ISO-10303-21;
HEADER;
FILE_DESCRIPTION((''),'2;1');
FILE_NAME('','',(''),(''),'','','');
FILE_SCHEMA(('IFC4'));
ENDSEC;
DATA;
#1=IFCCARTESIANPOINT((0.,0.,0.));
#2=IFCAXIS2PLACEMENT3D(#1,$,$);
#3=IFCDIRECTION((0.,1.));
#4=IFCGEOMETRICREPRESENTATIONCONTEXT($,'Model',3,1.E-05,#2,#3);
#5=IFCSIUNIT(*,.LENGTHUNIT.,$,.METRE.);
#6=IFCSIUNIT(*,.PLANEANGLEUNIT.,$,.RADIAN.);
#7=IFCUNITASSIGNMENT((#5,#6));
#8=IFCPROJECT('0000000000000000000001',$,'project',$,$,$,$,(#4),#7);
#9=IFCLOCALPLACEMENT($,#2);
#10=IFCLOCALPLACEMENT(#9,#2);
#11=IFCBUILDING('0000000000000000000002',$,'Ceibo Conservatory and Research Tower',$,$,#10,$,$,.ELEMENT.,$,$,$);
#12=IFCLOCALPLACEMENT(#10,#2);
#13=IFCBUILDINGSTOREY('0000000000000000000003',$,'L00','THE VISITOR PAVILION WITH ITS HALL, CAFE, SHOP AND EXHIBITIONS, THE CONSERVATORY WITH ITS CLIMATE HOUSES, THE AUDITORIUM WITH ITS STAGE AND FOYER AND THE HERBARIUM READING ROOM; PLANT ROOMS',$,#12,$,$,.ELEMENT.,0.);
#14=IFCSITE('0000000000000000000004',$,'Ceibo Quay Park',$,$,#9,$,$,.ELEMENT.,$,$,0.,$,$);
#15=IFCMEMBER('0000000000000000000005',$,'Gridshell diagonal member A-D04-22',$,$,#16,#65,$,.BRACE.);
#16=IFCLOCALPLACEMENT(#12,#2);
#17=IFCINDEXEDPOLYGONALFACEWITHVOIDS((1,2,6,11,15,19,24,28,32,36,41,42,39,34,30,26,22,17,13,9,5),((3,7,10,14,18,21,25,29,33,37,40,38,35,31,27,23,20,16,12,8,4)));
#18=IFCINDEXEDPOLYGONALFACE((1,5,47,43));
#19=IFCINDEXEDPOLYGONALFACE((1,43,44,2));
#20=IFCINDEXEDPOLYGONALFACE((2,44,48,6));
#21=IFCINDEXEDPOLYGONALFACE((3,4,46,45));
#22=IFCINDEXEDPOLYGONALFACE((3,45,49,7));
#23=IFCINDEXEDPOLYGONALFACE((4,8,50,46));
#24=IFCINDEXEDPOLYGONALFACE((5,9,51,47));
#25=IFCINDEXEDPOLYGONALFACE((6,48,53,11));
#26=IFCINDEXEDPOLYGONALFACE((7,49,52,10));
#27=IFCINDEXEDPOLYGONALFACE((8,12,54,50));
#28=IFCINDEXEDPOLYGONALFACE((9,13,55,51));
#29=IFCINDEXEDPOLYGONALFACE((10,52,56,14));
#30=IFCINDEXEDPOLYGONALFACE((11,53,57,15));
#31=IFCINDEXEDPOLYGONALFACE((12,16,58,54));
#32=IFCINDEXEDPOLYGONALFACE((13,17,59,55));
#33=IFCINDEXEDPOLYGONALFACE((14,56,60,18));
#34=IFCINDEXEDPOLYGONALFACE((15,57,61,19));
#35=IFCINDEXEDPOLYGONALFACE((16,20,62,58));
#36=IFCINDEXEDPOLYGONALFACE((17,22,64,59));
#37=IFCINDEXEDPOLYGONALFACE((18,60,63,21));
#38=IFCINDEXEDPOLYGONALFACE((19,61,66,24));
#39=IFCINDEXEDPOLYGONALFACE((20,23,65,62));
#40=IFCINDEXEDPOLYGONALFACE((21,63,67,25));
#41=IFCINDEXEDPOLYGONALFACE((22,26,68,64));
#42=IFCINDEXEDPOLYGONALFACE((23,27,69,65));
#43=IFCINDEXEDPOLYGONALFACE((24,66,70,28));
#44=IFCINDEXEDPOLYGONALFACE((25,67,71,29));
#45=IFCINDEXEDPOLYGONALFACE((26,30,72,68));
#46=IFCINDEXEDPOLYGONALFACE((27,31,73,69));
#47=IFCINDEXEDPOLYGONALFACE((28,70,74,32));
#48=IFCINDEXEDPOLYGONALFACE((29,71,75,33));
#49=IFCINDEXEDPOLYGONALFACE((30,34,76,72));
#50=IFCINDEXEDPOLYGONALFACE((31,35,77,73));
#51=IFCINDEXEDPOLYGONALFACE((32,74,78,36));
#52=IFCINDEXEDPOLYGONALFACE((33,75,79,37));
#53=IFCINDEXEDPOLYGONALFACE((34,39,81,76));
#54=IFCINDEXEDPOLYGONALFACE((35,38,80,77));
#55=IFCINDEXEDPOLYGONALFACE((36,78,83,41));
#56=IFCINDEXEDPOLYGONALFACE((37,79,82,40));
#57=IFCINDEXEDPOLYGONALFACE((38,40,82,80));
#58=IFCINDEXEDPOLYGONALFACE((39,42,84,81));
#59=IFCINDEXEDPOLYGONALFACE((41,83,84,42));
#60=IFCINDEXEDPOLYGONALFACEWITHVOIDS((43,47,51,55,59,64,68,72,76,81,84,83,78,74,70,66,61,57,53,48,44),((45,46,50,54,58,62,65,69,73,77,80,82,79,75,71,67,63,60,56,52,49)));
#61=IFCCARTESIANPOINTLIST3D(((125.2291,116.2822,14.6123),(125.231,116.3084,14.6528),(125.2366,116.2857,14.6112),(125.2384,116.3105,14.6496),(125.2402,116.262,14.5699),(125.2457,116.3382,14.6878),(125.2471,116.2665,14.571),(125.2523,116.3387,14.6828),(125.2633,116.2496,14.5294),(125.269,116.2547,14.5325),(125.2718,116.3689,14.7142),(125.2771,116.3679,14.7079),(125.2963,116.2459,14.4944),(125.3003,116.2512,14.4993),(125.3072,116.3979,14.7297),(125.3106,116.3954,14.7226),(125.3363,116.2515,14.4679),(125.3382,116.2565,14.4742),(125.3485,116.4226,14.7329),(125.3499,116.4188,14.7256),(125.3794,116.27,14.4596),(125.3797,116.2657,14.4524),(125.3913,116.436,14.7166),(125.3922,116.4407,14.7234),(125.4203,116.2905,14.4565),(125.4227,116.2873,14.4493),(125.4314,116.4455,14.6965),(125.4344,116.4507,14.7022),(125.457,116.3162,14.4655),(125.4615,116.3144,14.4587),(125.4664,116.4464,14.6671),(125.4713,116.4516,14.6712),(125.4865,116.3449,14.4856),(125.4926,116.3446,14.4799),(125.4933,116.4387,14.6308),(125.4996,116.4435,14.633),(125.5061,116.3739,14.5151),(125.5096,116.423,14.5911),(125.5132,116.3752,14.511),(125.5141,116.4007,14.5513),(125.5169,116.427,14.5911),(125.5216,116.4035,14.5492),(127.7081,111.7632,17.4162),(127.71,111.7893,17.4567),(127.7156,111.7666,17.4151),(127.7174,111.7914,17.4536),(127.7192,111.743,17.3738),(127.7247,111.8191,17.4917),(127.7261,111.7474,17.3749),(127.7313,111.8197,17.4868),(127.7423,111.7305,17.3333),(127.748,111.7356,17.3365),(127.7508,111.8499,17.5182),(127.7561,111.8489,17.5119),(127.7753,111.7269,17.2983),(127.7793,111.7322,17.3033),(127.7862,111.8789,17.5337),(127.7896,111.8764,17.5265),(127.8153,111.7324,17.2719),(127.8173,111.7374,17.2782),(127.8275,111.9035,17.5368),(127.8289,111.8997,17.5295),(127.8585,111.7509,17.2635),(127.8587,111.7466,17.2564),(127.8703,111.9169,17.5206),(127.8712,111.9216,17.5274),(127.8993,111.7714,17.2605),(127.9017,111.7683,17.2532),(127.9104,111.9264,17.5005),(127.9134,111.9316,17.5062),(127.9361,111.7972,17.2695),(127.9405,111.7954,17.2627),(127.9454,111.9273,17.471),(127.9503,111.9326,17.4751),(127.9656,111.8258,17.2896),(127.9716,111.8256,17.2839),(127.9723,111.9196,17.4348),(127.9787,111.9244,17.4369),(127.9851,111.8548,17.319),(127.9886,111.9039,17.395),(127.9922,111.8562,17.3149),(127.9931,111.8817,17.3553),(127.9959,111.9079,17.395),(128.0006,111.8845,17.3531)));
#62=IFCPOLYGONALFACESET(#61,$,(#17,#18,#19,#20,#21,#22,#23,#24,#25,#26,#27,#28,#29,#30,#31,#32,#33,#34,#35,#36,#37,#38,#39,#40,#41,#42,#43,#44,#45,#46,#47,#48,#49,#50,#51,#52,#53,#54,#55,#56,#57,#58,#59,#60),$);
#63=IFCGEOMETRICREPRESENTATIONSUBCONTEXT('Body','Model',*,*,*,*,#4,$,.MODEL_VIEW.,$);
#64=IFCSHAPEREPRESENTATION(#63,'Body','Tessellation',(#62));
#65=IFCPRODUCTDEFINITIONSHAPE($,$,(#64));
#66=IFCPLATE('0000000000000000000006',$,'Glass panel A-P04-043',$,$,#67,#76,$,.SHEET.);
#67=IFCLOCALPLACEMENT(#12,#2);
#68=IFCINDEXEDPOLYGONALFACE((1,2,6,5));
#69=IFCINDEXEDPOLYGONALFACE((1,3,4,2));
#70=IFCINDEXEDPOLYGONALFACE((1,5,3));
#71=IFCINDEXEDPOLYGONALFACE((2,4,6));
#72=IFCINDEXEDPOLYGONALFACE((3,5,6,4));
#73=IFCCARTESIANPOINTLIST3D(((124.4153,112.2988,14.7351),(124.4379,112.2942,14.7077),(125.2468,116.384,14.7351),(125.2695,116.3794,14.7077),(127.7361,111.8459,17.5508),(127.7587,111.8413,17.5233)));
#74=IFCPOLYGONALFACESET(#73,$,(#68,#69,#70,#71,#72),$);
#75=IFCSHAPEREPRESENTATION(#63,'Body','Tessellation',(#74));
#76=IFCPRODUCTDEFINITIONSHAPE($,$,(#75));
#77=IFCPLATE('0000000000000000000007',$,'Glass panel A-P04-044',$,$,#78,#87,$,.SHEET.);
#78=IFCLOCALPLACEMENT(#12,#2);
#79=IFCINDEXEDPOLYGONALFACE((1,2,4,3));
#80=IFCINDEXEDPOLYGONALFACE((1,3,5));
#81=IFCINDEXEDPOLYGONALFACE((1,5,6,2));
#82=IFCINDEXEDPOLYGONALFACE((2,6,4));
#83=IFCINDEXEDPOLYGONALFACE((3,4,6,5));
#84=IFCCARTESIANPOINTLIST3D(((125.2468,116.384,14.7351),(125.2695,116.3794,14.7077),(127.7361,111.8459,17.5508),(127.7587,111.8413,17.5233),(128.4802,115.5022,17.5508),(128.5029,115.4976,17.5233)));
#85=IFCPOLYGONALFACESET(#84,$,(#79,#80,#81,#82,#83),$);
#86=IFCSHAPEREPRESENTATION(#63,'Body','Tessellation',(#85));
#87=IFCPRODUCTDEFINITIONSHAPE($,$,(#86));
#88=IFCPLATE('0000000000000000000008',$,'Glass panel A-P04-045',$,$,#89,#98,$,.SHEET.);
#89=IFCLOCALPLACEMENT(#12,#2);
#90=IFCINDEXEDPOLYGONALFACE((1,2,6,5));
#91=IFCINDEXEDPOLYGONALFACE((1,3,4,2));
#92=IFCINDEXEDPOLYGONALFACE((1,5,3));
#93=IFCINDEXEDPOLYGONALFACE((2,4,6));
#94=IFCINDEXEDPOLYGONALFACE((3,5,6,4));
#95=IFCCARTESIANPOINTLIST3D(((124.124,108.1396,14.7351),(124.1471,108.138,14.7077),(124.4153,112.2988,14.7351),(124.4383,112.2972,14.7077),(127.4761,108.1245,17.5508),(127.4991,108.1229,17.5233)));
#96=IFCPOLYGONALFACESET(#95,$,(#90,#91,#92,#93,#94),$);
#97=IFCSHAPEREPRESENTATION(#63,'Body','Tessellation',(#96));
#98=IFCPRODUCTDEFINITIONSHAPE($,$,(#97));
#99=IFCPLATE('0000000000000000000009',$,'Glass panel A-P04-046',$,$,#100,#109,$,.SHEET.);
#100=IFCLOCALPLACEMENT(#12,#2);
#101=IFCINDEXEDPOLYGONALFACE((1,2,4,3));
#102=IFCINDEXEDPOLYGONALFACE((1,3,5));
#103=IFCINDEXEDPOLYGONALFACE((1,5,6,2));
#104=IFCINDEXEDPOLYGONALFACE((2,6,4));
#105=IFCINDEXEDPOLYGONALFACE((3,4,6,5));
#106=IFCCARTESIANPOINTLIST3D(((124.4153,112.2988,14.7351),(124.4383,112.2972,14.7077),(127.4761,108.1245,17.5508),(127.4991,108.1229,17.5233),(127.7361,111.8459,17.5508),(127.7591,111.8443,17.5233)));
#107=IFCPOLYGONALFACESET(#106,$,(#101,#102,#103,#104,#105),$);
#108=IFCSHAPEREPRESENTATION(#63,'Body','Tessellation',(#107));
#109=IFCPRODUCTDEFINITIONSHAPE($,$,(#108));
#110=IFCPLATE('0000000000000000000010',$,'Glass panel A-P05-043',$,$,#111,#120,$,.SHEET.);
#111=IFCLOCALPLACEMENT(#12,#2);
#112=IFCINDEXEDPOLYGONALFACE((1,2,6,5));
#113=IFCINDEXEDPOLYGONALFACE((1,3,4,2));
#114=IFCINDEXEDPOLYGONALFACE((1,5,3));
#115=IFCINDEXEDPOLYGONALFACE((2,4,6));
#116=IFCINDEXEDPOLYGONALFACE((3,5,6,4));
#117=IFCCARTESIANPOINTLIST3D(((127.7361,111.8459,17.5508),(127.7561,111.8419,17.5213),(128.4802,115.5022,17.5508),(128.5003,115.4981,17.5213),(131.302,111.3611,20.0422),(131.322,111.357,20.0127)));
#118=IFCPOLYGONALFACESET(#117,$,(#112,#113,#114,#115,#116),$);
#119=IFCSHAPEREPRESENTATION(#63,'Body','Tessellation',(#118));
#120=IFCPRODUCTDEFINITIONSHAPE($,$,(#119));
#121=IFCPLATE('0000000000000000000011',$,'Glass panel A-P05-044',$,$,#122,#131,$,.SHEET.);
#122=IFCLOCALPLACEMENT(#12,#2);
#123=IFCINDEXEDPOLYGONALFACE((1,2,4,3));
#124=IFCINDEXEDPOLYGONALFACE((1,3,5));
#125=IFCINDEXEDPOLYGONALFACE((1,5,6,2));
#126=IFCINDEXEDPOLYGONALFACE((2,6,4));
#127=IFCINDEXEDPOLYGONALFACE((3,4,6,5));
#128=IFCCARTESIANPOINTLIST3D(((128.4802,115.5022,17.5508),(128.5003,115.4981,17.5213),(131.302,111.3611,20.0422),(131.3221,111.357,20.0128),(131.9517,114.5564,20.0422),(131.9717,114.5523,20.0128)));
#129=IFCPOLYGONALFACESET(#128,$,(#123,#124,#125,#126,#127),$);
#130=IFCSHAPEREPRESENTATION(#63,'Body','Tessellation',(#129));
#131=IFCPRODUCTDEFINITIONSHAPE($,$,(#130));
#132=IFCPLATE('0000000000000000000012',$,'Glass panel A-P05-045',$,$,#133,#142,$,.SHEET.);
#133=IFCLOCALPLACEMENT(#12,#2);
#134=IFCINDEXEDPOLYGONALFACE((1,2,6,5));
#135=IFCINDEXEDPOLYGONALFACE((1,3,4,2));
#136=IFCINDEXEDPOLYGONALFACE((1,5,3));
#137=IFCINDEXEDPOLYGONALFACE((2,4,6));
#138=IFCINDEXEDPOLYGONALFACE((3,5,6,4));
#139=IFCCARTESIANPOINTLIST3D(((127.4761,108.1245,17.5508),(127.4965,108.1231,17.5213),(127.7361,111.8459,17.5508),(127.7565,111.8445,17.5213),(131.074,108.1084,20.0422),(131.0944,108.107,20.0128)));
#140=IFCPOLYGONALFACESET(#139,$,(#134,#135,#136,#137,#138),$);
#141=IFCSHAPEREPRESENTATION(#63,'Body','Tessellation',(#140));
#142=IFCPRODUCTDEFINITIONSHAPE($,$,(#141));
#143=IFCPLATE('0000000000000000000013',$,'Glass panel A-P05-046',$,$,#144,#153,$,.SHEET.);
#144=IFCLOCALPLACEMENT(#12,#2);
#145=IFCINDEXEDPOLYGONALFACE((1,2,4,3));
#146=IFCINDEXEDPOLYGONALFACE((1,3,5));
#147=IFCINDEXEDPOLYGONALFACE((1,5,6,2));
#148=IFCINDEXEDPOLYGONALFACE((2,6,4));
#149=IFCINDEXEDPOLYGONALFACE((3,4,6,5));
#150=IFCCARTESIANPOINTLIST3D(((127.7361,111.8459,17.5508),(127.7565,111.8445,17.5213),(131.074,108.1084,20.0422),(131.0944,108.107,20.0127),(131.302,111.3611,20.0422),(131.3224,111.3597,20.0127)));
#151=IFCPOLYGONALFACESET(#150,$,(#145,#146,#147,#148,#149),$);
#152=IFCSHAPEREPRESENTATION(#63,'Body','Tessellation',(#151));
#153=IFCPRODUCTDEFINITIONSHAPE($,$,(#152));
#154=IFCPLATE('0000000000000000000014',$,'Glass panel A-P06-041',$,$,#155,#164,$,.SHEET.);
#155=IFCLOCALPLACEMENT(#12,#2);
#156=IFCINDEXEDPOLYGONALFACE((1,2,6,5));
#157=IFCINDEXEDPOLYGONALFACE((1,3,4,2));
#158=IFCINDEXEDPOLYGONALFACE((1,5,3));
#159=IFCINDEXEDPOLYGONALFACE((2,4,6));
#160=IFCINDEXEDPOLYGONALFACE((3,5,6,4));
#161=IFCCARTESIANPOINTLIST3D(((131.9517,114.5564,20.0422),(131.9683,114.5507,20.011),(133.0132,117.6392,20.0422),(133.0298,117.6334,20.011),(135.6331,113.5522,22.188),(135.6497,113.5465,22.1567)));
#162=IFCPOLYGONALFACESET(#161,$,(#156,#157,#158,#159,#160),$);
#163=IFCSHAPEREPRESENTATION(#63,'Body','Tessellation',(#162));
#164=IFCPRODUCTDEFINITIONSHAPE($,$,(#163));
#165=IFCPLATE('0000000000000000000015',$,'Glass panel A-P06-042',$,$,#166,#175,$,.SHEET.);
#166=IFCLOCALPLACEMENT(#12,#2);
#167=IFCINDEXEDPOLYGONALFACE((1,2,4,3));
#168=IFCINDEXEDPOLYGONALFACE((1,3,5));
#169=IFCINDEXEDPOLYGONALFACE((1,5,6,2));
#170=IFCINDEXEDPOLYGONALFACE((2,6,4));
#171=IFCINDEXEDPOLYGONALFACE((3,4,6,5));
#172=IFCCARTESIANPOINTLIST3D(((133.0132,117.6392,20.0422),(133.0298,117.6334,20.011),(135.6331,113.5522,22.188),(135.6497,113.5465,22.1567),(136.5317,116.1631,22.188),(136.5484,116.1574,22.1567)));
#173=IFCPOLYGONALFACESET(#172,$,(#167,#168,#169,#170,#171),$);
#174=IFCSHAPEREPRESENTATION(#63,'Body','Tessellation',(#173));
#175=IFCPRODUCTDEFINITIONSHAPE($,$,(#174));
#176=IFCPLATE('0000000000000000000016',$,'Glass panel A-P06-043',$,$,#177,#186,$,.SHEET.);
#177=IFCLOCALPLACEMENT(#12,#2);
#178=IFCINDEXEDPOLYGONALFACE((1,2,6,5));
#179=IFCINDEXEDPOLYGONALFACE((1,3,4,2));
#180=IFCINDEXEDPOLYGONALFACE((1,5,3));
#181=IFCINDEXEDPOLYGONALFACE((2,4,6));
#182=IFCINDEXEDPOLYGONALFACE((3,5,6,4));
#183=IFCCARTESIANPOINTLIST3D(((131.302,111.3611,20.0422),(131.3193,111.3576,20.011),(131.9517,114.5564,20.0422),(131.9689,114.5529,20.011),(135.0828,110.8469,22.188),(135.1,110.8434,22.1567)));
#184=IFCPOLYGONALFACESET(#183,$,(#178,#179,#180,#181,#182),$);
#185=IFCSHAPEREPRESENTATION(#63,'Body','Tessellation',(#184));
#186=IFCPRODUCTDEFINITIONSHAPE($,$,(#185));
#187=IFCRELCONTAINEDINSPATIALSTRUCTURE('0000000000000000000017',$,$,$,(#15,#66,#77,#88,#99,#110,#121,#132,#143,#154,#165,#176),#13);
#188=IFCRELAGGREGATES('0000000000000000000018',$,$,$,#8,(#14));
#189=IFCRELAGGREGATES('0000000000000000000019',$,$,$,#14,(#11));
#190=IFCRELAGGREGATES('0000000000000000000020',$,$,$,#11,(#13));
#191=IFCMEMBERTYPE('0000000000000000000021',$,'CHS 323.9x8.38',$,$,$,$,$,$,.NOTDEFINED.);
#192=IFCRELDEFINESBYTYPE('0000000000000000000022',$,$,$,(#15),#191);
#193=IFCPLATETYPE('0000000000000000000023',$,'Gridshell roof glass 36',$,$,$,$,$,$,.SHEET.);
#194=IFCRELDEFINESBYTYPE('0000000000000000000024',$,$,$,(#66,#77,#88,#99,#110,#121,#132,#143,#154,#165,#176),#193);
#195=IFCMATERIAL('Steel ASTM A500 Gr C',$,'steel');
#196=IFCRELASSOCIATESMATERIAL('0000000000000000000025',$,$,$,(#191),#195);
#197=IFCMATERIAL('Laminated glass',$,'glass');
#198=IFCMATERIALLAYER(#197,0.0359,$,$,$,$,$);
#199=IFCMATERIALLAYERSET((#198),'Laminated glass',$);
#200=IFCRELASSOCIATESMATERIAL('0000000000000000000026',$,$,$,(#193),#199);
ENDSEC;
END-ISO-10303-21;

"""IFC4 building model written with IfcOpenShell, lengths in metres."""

from ifc_helpers import new_model, si_unit, direction, frame, origin, origin_2d, place, context, subcontext, project, spatial, polyline, hollow_circle, outline, extrude, material, layer, layer_set, material_profile, profile_set, type_object, element, save


model = new_model("IFC4")

# Units and contexts
model_context = context("Model", 3, precision=1e-05, world=origin(), true_north=direction((0.0, 1.0)))
body_context = subcontext(model_context, "Body", "Model", "MODEL_VIEW")
ifc_project = project(units=[si_unit("LENGTHUNIT", "METRE"), si_unit("PLANEANGLEUNIT", "RADIAN")], contexts=[model_context])

# Site, building, storey
site_placement = place(None, origin())
site = spatial("IfcSite", under=ifc_project, at=site_placement, Name="Ceibo Quay Park", CompositionType="ELEMENT", RefElevation=0.0)
building_placement = place(site_placement, origin())
building = spatial("IfcBuilding", under=site, at=building_placement, Name="Ceibo Conservatory and Research Tower", CompositionType="ELEMENT")
storey_placement = place(building_placement, origin())
storey = spatial("IfcBuildingStorey", under=building, at=storey_placement, Name="L00", Description="THE VISITOR PAVILION WITH ITS HALL, CAFE, SHOP AND EXHIBITIONS, THE CONSERVATORY WITH ITS CLIMATE HOUSES, THE AUDITORIUM WITH ITS STAGE AND FOYER AND THE HERBARIUM READING ROOM; PLANT ROOMS", CompositionType="ELEMENT", Elevation=0.0)

# Member
ifc_material_1 = material(Name="Steel ASTM A500 Gr C", Category="steel")
ifc_material_profile_1 = material_profile(ifc_material_1, hollow_circle(Radius=0.1619, WallThickness=0.0083, at=origin_2d()), Name="CHS 323.9x8.38")
ifc_profile_set_1 = profile_set([ifc_material_profile_1], Name="Steel ASTM A500 Gr C")
member_type_1 = type_object("IfcMemberType", Name="CHS 323.9x8.38", PredefinedType="NOTDEFINED", material=ifc_profile_set_1)
member_1_placement = place(storey_placement, frame((125.375, 116.3491, 14.5911), z_axis=(0.422486, -0.770162, 0.477866), x_axis=(0.876745, 0.480955, 0.0)))
element("IfcMember", 1, at=member_1_placement, inside=storey, type_object=member_type_1, Name="Gridshell diagonal member A-D04-22", PredefinedType="BRACE", context=body_context, shape_type="SweptSolid", body=[
    extrude(hollow_circle(Radius=0.1619, WallThickness=0.0083, at=origin_2d()), origin(), (0.0, 0.0, 1.0), 5.8677),
])

# Plates
ifc_material_2 = material(Name="Laminated glass", Category="glass")
ifc_layer = layer(ifc_material_2, 0.0359)
ifc_layer_set = layer_set([ifc_layer], Name="Laminated glass")
plate_type = type_object("IfcPlateType", Name="Gridshell roof glass 36", PredefinedType="SHEET", material=ifc_layer_set)
plate_1_placement = place(storey_placement, frame((125.2468, 116.384, 14.7351), z_axis=(-0.631105, 0.128461, 0.764986), x_axis=(-0.19946, -0.979906, 0.0)))
element("IfcPlate", 2, at=plate_1_placement, inside=storey, type_object=plate_type, Name="Glass panel A-P04-043", PredefinedType="SHEET", context=body_context, shape_type="SweptSolid", body=[
    extrude(outline(polyline([(0.0, 0.0), (4.169, 0.0), (3.9504, 4.3718), (0.0, 0.0)])), origin(), (0.0, 0.0, -1.0), 0.0359),
])
plate_2_placement = place(storey_placement, frame((125.2468, 116.384, 14.7351), z_axis=(-0.631118, 0.128449, 0.764978), x_axis=(0.422463, -0.770178, 0.47786)))
element("IfcPlate", 3, at=plate_2_placement, inside=storey, type_object=plate_type, Name="Glass panel A-P04-044", PredefinedType="SHEET", context=body_context, shape_type="SweptSolid", body=[
    extrude(outline(polyline([(0.0, 0.0), (5.8923, 0.0), (3.3907, 2.7684), (0.0, 0.0)])), origin(), (0.0, 0.0, -1.0), 0.0359),
])
plate_3_placement = place(storey_placement, frame((124.4153, 112.2988, 14.7351), z_axis=(-0.642415, 0.044987, 0.765035), x_axis=(-0.069857, -0.997557, 0.0)))
element("IfcPlate", 4, at=plate_3_placement, inside=storey, type_object=plate_type, Name="Glass panel A-P04-045", PredefinedType="SHEET", context=body_context, shape_type="SweptSolid", body=[
    extrude(outline(polyline([(0.0, 0.0), (4.1694, 0.0), (3.9503, 4.3722), (0.0, 0.0)])), origin(), (0.0, 0.0, -1.0), 0.0359),
])
plate_4_placement = place(storey_placement, frame((124.4153, 112.2988, 14.7351), z_axis=(-0.642493, 0.04489, 0.764975), x_axis=(0.51944, -0.708414, 0.477842)))
element("IfcPlate", 5, at=plate_4_placement, inside=storey, type_object=plate_type, Name="Glass panel A-P04-046", PredefinedType="SHEET", context=body_context, shape_type="SweptSolid", body=[
    extrude(outline(polyline([(0.0, 0.0), (5.8925, 0.0), (3.3912, 2.7677), (0.0, 0.0)])), origin(), (0.0, 0.0, -1.0), 0.0359),
])
plate_5_placement = place(storey_placement, frame((128.4802, 115.5022, 17.5508), z_axis=(-0.558592, 0.113688, 0.821614), x_axis=(-0.199437, -0.979911, 0.0)))
element("IfcPlate", 6, at=plate_5_placement, inside=storey, type_object=plate_type, Name="Glass panel A-P05-043", PredefinedType="SHEET", context=body_context, shape_type="SweptSolid", body=[
    extrude(outline(polyline([(0.0, 0.0), (3.7312, 0.0), (3.4952, 4.3706), (0.0, 0.0)])), origin(), (0.0, 0.0, -1.0), 0.0359),
])
plate_6_placement = place(storey_placement, frame((128.4802, 115.5022, 17.5508), z_axis=(-0.558689, 0.11359, 0.821562), x_axis=(0.504222, -0.739973, 0.445197)))
element("IfcPlate", 7, at=plate_6_placement, inside=storey, type_object=plate_type, Name="Glass panel A-P05-044", PredefinedType="SHEET", context=body_context, shape_type="SweptSolid", body=[
    extrude(outline(polyline([(0.0, 0.0), (5.5963, 0.0), (3.5594, 2.5462), (0.0, 0.0)])), origin(), (0.0, 0.0, -1.0), 0.0359),
])
plate_7_placement = place(storey_placement, frame((127.7361, 111.8459, 17.5508), z_axis=(-0.568733, 0.039736, 0.821562), x_axis=(-0.069698, -0.997568, 0.0)))
element("IfcPlate", 8, at=plate_7_placement, inside=storey, type_object=plate_type, Name="Glass panel A-P05-045", PredefinedType="SHEET", context=body_context, shape_type="SweptSolid", body=[
    extrude(outline(polyline([(0.0, 0.0), (3.7305, 0.0), (3.4958, 4.3701), (0.0, 0.0)])), origin(), (0.0, 0.0, -1.0), 0.0359),
])
plate_8_placement = place(storey_placement, frame((127.7361, 111.8459, 17.5508), z_axis=(-0.568636, 0.039864, 0.821623), x_axis=(0.59645, -0.667865, 0.4452)))
element("IfcPlate", 9, at=plate_8_placement, inside=storey, type_object=plate_type, Name="Glass panel A-P05-046", PredefinedType="SHEET", context=body_context, shape_type="SweptSolid", body=[
    extrude(outline(polyline([(0.0, 0.0), (5.5963, 0.0), (3.5599, 2.5466), (0.0, 0.0)])), origin(), (0.0, 0.0, -1.0), 0.0359),
])
plate_9_placement = place(storey_placement, frame((133.0132, 117.6392, 20.0422), z_axis=(-0.464189, 0.15984, 0.871194), x_axis=(-0.32558, -0.945515, 0.0)))
element("IfcPlate", 10, at=plate_9_placement, inside=storey, type_object=plate_type, Name="Glass panel A-P06-041", PredefinedType="SHEET", context=body_context, shape_type="SweptSolid", body=[
    extrude(outline(polyline([(0.0, 0.0), (3.2604, 0.0), (3.0113, 4.3707), (0.0, 0.0)])), origin(), (0.0, 0.0, -1.0), 0.0359),
])
plate_10_placement = place(storey_placement, frame((133.0132, 117.6392, 20.0422), z_axis=(-0.46424, 0.159797, 0.871175), x_axis=(0.493606, -0.770008, 0.404277)))
element("IfcPlate", 11, at=plate_10_placement, inside=storey, type_object=plate_type, Name="Glass panel A-P06-042", PredefinedType="SHEET", context=body_context, shape_type="SweptSolid", body=[
    extrude(outline(polyline([(0.0, 0.0), (5.3076, 0.0), (3.7408, 2.2736), (0.0, 0.0)])), origin(), (0.0, 0.0, -1.0), 0.0359),
])
plate_11_placement = place(storey_placement, frame((131.9517, 114.5564, 20.0422), z_axis=(-0.481128, 0.097821, 0.871176), x_axis=(-0.19924, -0.979951, 0.0)))
element("IfcPlate", 12, at=plate_11_placement, inside=storey, type_object=plate_type, Name="Glass panel A-P06-043", PredefinedType="SHEET", context=body_context, shape_type="SweptSolid", body=[
    extrude(outline(polyline([(0.0, 0.0), (3.2607, 0.0), (3.0113, 4.3704), (0.0, 0.0)])), origin(), (0.0, 0.0, -1.0), 0.0359),
])

save(model, "model.ifc")
